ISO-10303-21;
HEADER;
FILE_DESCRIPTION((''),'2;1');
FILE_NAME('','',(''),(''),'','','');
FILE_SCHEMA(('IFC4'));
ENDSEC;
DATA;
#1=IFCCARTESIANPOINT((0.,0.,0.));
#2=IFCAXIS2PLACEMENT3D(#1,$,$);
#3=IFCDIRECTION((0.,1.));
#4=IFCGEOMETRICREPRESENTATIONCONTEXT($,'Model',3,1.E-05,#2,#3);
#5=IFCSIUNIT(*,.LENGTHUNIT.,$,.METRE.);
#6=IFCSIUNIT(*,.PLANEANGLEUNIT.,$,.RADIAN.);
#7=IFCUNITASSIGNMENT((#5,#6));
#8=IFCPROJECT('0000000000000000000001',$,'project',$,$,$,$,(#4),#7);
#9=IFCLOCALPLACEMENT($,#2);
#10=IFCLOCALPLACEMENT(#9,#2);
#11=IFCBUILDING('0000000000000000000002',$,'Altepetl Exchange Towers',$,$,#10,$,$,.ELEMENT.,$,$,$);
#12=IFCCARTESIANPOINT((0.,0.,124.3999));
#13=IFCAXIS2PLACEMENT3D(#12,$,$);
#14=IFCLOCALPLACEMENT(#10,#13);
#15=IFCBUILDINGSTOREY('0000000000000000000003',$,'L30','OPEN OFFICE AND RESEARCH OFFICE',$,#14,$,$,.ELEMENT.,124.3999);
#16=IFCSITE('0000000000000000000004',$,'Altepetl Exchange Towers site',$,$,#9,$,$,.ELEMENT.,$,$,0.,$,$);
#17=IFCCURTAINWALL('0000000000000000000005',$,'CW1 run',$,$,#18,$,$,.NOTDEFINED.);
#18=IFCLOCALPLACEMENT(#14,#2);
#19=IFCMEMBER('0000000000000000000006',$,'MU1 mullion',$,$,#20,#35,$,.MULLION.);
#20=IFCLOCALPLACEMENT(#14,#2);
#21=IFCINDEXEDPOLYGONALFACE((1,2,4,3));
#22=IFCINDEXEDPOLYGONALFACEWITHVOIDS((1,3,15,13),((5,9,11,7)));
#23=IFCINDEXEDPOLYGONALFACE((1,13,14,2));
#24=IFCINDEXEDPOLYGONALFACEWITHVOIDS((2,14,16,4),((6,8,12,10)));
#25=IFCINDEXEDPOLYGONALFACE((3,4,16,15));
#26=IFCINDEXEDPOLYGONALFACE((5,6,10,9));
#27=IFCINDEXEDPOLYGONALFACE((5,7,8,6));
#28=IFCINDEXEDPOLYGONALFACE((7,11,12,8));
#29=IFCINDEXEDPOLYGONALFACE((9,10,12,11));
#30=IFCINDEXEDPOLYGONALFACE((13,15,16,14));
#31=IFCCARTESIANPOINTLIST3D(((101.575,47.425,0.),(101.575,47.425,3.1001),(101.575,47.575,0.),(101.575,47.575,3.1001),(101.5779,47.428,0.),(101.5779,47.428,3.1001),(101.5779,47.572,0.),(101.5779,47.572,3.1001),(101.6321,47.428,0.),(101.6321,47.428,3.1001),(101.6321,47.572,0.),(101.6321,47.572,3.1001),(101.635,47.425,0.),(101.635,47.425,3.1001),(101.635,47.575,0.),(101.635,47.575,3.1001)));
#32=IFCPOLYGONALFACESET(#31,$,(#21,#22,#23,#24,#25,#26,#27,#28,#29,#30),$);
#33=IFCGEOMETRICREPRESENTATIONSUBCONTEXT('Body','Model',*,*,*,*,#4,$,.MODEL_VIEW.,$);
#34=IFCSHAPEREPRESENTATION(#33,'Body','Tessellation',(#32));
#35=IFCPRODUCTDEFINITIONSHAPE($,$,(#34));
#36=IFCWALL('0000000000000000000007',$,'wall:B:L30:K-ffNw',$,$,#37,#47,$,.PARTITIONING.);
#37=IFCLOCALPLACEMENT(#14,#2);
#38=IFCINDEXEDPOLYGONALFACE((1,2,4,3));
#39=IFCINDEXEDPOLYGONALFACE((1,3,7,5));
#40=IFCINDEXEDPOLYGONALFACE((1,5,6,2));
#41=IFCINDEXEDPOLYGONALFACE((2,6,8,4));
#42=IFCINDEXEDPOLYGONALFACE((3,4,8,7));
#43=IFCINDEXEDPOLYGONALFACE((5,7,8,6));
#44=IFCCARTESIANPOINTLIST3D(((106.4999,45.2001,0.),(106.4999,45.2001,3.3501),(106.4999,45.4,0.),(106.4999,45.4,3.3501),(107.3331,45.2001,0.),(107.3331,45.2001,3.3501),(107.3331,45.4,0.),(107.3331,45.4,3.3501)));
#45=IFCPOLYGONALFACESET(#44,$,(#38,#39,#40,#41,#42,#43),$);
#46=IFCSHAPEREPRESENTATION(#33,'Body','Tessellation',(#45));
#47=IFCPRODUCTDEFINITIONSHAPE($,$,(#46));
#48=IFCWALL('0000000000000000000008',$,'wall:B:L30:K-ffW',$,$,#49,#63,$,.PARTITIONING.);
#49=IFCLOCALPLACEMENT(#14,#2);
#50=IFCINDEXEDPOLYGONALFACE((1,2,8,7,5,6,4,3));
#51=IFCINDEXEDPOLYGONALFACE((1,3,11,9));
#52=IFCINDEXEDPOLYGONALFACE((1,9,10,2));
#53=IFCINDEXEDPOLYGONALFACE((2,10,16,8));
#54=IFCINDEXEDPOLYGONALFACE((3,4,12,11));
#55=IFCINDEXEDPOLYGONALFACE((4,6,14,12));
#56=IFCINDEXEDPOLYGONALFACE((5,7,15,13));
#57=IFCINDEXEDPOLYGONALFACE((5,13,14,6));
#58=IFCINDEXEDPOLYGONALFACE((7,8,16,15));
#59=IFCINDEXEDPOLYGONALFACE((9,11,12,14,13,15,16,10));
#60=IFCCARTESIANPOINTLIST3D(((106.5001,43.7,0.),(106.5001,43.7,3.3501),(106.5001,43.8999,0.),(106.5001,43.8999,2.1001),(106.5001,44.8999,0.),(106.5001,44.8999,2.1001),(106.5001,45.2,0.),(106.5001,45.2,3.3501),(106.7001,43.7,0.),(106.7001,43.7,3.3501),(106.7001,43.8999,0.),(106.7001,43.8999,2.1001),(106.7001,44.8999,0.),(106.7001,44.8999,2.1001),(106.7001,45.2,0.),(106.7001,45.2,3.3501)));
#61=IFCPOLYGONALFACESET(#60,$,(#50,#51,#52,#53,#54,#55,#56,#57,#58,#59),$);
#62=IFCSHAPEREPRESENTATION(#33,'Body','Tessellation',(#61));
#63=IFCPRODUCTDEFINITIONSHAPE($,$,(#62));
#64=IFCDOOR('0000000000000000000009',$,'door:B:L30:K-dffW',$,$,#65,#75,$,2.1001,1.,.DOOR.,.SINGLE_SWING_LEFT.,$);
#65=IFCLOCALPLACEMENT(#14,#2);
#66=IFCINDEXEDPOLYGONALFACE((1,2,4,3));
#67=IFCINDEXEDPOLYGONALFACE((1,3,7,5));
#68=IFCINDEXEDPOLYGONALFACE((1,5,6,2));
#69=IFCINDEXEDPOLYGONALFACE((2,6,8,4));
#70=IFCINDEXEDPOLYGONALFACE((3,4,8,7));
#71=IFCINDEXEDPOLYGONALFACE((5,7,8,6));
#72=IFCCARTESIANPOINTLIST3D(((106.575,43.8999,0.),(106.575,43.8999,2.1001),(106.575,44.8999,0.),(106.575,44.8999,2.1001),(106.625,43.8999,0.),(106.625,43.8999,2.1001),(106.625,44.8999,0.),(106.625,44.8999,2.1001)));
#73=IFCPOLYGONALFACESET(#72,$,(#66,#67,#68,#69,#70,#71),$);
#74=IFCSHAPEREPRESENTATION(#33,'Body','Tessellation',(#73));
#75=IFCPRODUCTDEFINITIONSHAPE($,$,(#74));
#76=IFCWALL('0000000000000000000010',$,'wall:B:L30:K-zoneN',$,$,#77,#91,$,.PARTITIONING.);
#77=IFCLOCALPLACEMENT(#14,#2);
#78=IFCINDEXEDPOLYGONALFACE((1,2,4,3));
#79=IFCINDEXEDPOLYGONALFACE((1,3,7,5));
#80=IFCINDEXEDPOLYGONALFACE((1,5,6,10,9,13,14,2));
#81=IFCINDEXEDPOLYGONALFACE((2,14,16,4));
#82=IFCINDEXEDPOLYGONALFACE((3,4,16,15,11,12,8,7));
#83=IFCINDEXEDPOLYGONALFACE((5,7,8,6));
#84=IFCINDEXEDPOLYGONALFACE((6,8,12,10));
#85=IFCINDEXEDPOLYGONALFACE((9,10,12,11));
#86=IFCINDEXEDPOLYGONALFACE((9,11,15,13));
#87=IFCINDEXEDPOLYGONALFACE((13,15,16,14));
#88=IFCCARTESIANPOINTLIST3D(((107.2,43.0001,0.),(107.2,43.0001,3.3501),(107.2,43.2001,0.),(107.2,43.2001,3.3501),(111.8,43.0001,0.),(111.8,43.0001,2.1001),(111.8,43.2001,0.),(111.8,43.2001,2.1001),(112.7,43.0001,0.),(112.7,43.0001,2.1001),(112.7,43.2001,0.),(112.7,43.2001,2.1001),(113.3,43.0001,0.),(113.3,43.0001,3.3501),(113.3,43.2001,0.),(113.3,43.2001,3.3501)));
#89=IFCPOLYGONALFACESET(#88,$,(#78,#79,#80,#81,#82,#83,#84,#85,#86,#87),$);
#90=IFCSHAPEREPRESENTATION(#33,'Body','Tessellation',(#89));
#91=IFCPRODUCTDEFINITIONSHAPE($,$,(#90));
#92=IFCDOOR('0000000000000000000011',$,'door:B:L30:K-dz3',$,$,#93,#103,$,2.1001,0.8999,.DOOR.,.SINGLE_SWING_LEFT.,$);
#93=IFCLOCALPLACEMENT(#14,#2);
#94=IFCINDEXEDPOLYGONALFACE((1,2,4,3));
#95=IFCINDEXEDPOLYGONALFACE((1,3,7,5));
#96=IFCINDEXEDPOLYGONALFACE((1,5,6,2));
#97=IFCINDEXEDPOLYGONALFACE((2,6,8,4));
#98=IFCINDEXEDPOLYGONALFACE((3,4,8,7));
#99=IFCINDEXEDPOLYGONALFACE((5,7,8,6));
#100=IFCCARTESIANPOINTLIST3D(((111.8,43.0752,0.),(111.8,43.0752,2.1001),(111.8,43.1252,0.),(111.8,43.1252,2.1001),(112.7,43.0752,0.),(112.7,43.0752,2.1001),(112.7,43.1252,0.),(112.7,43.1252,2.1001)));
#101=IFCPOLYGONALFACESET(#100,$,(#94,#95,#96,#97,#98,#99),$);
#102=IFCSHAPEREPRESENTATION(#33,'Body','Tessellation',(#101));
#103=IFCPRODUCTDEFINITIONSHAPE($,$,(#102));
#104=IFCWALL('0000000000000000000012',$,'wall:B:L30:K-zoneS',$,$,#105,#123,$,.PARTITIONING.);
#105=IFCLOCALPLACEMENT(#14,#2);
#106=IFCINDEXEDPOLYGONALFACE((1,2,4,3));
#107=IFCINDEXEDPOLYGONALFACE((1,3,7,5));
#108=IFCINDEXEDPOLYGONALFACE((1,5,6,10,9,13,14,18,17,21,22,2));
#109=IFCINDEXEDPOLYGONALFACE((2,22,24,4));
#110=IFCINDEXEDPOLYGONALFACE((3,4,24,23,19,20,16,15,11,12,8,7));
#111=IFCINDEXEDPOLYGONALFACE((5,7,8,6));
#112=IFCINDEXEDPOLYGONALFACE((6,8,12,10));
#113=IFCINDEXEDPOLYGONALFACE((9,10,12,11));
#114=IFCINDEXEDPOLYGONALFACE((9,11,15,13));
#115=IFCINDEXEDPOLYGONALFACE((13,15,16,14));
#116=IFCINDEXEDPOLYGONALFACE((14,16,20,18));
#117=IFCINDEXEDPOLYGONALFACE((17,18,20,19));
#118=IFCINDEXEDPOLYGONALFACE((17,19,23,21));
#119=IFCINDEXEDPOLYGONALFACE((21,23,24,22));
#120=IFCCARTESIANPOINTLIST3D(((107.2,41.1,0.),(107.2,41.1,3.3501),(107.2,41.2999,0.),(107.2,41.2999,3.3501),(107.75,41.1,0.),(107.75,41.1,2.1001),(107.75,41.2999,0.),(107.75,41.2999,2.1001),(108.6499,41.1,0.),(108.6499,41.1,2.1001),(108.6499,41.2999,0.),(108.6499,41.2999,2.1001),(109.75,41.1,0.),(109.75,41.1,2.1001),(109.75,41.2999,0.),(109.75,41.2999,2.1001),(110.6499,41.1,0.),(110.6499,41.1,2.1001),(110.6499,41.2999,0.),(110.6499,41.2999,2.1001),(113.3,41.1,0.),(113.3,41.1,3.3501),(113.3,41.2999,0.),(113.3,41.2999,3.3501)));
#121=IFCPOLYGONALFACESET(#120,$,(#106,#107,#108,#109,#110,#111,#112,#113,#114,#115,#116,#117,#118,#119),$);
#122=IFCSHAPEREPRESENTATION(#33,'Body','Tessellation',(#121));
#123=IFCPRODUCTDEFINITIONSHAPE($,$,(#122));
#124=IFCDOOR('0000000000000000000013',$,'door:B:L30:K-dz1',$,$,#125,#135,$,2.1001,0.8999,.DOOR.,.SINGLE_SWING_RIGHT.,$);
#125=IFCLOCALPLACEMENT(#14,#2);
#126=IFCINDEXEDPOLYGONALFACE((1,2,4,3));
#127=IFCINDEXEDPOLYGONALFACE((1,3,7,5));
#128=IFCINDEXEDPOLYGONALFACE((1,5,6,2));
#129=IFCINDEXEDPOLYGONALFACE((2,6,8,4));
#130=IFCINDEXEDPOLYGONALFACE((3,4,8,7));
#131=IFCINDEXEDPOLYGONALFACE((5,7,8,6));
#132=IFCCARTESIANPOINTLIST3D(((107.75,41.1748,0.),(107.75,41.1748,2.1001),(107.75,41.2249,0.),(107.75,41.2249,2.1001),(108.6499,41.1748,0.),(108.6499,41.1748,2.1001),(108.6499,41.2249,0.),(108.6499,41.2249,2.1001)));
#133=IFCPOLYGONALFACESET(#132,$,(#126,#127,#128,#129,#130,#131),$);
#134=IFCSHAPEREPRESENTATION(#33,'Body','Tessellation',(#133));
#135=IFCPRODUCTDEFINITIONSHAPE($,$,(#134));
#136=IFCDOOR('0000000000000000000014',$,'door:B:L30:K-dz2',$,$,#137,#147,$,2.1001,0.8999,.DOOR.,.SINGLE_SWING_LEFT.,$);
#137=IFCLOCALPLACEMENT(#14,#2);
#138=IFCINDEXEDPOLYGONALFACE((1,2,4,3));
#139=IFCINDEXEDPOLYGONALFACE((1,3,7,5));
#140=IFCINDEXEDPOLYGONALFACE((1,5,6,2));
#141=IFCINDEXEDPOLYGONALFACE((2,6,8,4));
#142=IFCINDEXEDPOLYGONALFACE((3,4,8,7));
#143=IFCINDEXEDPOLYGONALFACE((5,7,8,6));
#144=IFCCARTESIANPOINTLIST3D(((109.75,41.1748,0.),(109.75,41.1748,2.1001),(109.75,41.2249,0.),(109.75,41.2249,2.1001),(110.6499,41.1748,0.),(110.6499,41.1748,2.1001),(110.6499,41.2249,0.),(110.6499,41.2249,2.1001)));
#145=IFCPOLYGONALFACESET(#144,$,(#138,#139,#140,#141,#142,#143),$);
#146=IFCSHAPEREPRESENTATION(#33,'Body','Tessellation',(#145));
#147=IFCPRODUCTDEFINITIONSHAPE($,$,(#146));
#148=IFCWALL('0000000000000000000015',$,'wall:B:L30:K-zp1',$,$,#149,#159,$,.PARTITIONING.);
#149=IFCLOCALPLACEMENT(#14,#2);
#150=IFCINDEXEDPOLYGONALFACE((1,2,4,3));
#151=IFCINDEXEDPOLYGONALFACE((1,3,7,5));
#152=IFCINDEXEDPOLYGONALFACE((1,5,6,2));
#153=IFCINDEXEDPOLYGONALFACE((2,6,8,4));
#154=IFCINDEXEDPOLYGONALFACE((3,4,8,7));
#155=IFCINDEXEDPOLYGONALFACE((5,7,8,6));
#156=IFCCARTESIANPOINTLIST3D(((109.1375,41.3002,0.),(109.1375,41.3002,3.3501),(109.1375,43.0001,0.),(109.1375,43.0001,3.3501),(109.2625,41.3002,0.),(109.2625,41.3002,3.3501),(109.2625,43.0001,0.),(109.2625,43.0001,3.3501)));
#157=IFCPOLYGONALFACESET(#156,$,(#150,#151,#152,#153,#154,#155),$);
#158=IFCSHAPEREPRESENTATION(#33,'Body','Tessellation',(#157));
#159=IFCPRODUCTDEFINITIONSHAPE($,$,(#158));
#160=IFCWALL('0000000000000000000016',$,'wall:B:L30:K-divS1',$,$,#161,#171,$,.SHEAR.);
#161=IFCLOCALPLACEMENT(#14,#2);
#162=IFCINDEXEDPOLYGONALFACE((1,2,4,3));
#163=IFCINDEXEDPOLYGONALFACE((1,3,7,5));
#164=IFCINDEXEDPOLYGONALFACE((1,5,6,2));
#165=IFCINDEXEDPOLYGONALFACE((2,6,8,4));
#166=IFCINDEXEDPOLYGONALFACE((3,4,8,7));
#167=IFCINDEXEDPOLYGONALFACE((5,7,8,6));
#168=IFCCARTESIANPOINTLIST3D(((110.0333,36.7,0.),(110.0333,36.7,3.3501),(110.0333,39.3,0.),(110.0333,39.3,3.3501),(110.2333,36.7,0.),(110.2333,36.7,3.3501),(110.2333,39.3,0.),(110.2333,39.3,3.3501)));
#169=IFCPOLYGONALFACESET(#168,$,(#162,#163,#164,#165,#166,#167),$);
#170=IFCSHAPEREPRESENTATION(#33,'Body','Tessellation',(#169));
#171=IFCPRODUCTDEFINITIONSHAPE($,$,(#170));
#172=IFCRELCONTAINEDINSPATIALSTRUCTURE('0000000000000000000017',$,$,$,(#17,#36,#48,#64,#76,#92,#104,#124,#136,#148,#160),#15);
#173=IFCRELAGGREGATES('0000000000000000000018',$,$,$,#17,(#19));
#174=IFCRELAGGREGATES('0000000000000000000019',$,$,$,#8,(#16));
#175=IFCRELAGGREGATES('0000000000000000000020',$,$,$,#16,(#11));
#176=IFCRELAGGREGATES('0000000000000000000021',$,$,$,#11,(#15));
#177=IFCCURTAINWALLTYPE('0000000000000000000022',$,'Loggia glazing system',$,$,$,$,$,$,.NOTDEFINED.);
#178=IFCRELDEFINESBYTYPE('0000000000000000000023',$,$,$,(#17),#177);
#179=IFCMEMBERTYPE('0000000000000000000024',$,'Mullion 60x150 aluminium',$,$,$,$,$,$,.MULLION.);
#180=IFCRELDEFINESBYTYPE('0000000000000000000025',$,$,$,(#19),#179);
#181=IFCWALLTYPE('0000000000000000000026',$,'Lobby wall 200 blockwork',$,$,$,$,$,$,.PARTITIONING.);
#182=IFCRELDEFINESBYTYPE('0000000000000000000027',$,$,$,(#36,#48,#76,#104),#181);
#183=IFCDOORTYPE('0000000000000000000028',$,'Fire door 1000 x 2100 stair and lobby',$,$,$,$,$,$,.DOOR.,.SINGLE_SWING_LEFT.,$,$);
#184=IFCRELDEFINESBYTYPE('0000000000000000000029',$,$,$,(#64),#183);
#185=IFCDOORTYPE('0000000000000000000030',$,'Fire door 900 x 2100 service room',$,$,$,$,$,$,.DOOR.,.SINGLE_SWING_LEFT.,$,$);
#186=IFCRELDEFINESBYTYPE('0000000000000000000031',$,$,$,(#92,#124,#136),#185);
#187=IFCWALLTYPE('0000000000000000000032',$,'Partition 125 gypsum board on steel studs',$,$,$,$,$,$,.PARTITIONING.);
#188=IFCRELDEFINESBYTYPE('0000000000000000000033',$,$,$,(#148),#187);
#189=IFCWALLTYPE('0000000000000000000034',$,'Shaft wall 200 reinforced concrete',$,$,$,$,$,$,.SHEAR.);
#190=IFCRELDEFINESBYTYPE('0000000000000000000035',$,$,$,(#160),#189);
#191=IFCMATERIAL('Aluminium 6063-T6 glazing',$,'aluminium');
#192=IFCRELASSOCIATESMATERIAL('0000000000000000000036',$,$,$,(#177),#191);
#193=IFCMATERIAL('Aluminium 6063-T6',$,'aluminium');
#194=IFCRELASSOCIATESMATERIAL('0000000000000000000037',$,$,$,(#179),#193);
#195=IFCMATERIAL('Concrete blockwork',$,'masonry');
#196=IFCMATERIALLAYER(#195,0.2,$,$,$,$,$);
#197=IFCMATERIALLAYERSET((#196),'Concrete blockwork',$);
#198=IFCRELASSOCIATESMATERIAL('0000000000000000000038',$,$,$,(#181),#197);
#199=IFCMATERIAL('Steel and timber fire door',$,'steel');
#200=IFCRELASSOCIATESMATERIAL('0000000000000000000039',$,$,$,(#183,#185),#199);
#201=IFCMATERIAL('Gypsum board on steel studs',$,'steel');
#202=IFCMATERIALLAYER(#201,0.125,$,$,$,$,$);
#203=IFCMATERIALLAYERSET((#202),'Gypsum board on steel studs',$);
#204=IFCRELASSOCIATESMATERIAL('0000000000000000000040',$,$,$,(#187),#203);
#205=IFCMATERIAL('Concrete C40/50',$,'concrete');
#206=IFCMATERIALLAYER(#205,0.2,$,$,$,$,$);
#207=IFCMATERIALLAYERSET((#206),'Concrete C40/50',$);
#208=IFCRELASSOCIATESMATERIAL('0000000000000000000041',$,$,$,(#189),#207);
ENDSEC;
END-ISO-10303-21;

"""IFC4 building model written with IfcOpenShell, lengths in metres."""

from ifc_helpers import new_model, si_unit, direction, frame, frame_2d, origin, origin_2d, place, context, subcontext, project, spatial, rectangle, hollow_rectangle, extrude, material, layer, layer_set, material_profile, profile_set, type_object, element, fill, aggregate, save


model = new_model("IFC4")

# Units and contexts
model_context = context("Model", 3, precision=1e-05, world=origin(), true_north=direction((0.0, 1.0)))
body_context = subcontext(model_context, "Body", "Model", "MODEL_VIEW")
ifc_project = project(units=[si_unit("LENGTHUNIT", "METRE"), si_unit("PLANEANGLEUNIT", "RADIAN")], contexts=[model_context])

# Site, building, storey
site_placement = place(None, origin())
site = spatial("IfcSite", under=ifc_project, at=site_placement, Name="Altepetl Exchange Towers site", CompositionType="ELEMENT", RefElevation=0.0)
building_placement = place(site_placement, origin())
building = spatial("IfcBuilding", under=site, at=building_placement, Name="Altepetl Exchange Towers", CompositionType="ELEMENT")
storey_placement = place(building_placement, frame((0.0, 0.0, 124.3999)))
storey = spatial("IfcBuildingStorey", under=building, at=storey_placement, Name="L30", Description="OPEN OFFICE AND RESEARCH OFFICE", CompositionType="ELEMENT", Elevation=124.3999)

# Curtain wall, member
ifc_material_1 = material(Name="Aluminium 6063-T6 glazing", Category="aluminium")
curtain_wall_type = type_object("IfcCurtainWallType", Name="Loggia glazing system", PredefinedType="NOTDEFINED", material=ifc_material_1)
curtain_wall_placement = place(storey_placement, origin())
curtain_wall = element("IfcCurtainWall", 1, at=curtain_wall_placement, inside=storey, type_object=curtain_wall_type, Name="CW1 run", PredefinedType="NOTDEFINED")
ifc_material_2 = material(Name="Aluminium 6063-T6", Category="aluminium")
ifc_material_profile = material_profile(ifc_material_2, hollow_rectangle(XDim=0.0601, YDim=0.1499, WallThickness=0.0029, at=origin_2d()), Name="Mullion 60x150 aluminium")
ifc_profile_set = profile_set([ifc_material_profile], Name="Aluminium 6063-T6")
member_type = type_object("IfcMemberType", Name="Mullion 60x150 aluminium", PredefinedType="MULLION", material=ifc_profile_set)
member_placement = place(storey_placement, frame((101.605, 47.5, 0.0), z_axis=(0.0, 0.0, 1.0), x_axis=(-1.0, 0.0, 0.0)))
member = element("IfcMember", 2, at=member_placement, type_object=member_type, Name="MU1 mullion", PredefinedType="MULLION", context=body_context, shape_type="SweptSolid", body=[
    extrude(hollow_rectangle(XDim=0.0601, YDim=0.1499, WallThickness=0.0029, at=origin_2d()), origin(), (0.0, 0.0, 1.0), 3.1001),
])
aggregate(curtain_wall, [member])

# Wall
ifc_material_3 = material(Name="Concrete blockwork", Category="masonry")
ifc_layer_1 = layer(ifc_material_3, 0.2)
ifc_layer_set_1 = layer_set([ifc_layer_1], Name="Concrete blockwork")
wall_type_1 = type_object("IfcWallType", Name="Lobby wall 200 blockwork", PredefinedType="PARTITIONING", material=ifc_layer_set_1)
wall_1_placement = place(storey_placement, frame((106.5, 45.3, 0.0)))
element("IfcWall", 3, at=wall_1_placement, inside=storey, type_object=wall_type_1, Name="wall:B:L30:K-ffNw", PredefinedType="PARTITIONING", context=body_context, shape_type="SweptSolid", body=[
    extrude(rectangle(XDim=0.8333, YDim=0.2, at=frame_2d((0.4165, 0.0))), origin(), (0.0, 0.0, 1.0), 3.3501),
])

# Walls, openings, doors
wall_2_placement = place(storey_placement, frame((106.6001, 43.7, 0.0), z_axis=(0.0, 0.0, 1.0), x_axis=(0.0, 1.0, 0.0)))
wall_2 = element("IfcWall", 4, at=wall_2_placement, inside=storey, type_object=wall_type_1, Name="wall:B:L30:K-ffW", PredefinedType="PARTITIONING", context=body_context, shape_type="SweptSolid", body=[
    extrude(rectangle(XDim=1.5, YDim=0.2, at=frame_2d((0.75, 0.0))), origin(), (0.0, 0.0, 1.0), 3.3501),
])
opening_1_placement = place(wall_2_placement, frame((0.2, 0.0, 0.0)))
opening_1 = element("IfcOpeningElement", 5, at=opening_1_placement, cuts=wall_2, PredefinedType="OPENING", context=body_context, shape_type="SweptSolid", body=[
    extrude(rectangle(XDim=1.0, YDim=2.1001, at=frame_2d((0.5, 1.05))), frame((0.0, 0.1099, 0.0), z_axis=(0.0, -1.0, 0.0), x_axis=(1.0, 0.0, 0.0)), (0.0, 0.0, 1.0), 0.22),
])
ifc_material_4 = material(Name="Steel and timber fire door", Category="steel")
door_type_1 = type_object("IfcDoorType", Name="Fire door 1000 x 2100 stair and lobby", OperationType="SINGLE_SWING_LEFT", PredefinedType="DOOR", material=ifc_material_4)
door_1_placement = place(opening_1_placement, frame((1.0, 0.0, 0.0), x_axis=(-1.0, 0.0, 0.0)))
door_1 = element("IfcDoor", 6, at=door_1_placement, inside=storey, type_object=door_type_1, Name="door:B:L30:K-dffW", OperationType="SINGLE_SWING_LEFT", OverallHeight=2.1001, OverallWidth=1.0, PredefinedType="DOOR", context=body_context, shape_type="SweptSolid", body=[
    extrude(rectangle(XDim=1.0, YDim=2.1001, at=frame_2d((0.5, 1.05))), frame((0.0, 0.0249, 0.0), z_axis=(0.0, -1.0, 0.0), x_axis=(1.0, 0.0, 0.0)), (0.0, 0.0, 1.0), 0.05),
])
fill(opening_1, door_1)
wall_3_placement = place(storey_placement, frame((107.2, 43.1001, 0.0)))
wall_3 = element("IfcWall", 7, at=wall_3_placement, inside=storey, type_object=wall_type_1, Name="wall:B:L30:K-zoneN", PredefinedType="PARTITIONING", context=body_context, shape_type="SweptSolid", body=[
    extrude(rectangle(XDim=6.1001, YDim=0.2, at=frame_2d((3.05, 0.0))), origin(), (0.0, 0.0, 1.0), 3.3501),
])
opening_2_placement = place(wall_3_placement, frame((4.6001, 0.0, 0.0)))
opening_2 = element("IfcOpeningElement", 8, at=opening_2_placement, cuts=wall_3, PredefinedType="OPENING", context=body_context, shape_type="SweptSolid", body=[
    extrude(rectangle(XDim=0.8999, YDim=2.1001, at=frame_2d((0.45, 1.05))), frame((0.0, 0.1099, 0.0), z_axis=(0.0, -1.0, 0.0), x_axis=(1.0, 0.0, 0.0)), (0.0, 0.0, 1.0), 0.22),
])
door_type_2 = type_object("IfcDoorType", Name="Fire door 900 x 2100 service room", OperationType="SINGLE_SWING_LEFT", PredefinedType="DOOR", material=ifc_material_4)
door_2_placement = place(opening_2_placement, frame((0.8999, 0.0, 0.0), x_axis=(-1.0, 0.0, 0.0)))
door_2 = element("IfcDoor", 9, at=door_2_placement, inside=storey, type_object=door_type_2, Name="door:B:L30:K-dz3", OperationType="SINGLE_SWING_LEFT", OverallHeight=2.1001, OverallWidth=0.8999, PredefinedType="DOOR", context=body_context, shape_type="SweptSolid", body=[
    extrude(rectangle(XDim=0.8999, YDim=2.1001, at=frame_2d((0.45, 1.05))), frame((0.0, 0.0249, 0.0), z_axis=(0.0, -1.0, 0.0), x_axis=(1.0, 0.0, 0.0)), (0.0, 0.0, 1.0), 0.05),
])
fill(opening_2, door_2)

# Wall, openings, doors
wall_4_placement = place(storey_placement, frame((107.2, 41.2, 0.0)))
wall_4 = element("IfcWall", 10, at=wall_4_placement, inside=storey, type_object=wall_type_1, Name="wall:B:L30:K-zoneS", PredefinedType="PARTITIONING", context=body_context, shape_type="SweptSolid", body=[
    extrude(rectangle(XDim=6.1001, YDim=0.2, at=frame_2d((3.05, 0.0))), origin(), (0.0, 0.0, 1.0), 3.3501),
])
opening_3_placement = place(wall_4_placement, frame((0.55, 0.0, 0.0)))
opening_3 = element("IfcOpeningElement", 11, at=opening_3_placement, cuts=wall_4, PredefinedType="OPENING", context=body_context, shape_type="SweptSolid", body=[
    extrude(rectangle(XDim=0.8999, YDim=2.1001, at=frame_2d((0.45, 1.05))), frame((0.0, 0.1099, 0.0), z_axis=(0.0, -1.0, 0.0), x_axis=(1.0, 0.0, 0.0)), (0.0, 0.0, 1.0), 0.22),
])
opening_4_placement = place(wall_4_placement, frame((2.55, 0.0, 0.0)))
opening_4 = element("IfcOpeningElement", 12, at=opening_4_placement, cuts=wall_4, PredefinedType="OPENING", context=body_context, shape_type="SweptSolid", body=[
    extrude(rectangle(XDim=0.8999, YDim=2.1001, at=frame_2d((0.45, 1.05))), frame((0.0, 0.1099, 0.0), z_axis=(0.0, -1.0, 0.0), x_axis=(1.0, 0.0, 0.0)), (0.0, 0.0, 1.0), 0.22),
])
door_3_placement = place(opening_3_placement, origin())
door_3 = element("IfcDoor", 13, at=door_3_placement, inside=storey, type_object=door_type_2, Name="door:B:L30:K-dz1", OperationType="SINGLE_SWING_RIGHT", OverallHeight=2.1001, OverallWidth=0.8999, PredefinedType="DOOR", context=body_context, shape_type="SweptSolid", body=[
    extrude(rectangle(XDim=0.8999, YDim=2.1001, at=frame_2d((0.45, 1.05))), frame((0.0, 0.0249, 0.0), z_axis=(0.0, -1.0, 0.0), x_axis=(1.0, 0.0, 0.0)), (0.0, 0.0, 1.0), 0.05),
])
fill(opening_3, door_3)
door_4_placement = place(opening_4_placement, origin())
door_4 = element("IfcDoor", 14, at=door_4_placement, inside=storey, type_object=door_type_2, Name="door:B:L30:K-dz2", OperationType="SINGLE_SWING_LEFT", OverallHeight=2.1001, OverallWidth=0.8999, PredefinedType="DOOR", context=body_context, shape_type="SweptSolid", body=[
    extrude(rectangle(XDim=0.8999, YDim=2.1001, at=frame_2d((0.45, 1.05))), frame((0.0, 0.0249, 0.0), z_axis=(0.0, -1.0, 0.0), x_axis=(1.0, 0.0, 0.0)), (0.0, 0.0, 1.0), 0.05),
])
fill(opening_4, door_4)

# Walls
ifc_material_5 = material(Name="Gypsum board on steel studs", Category="steel")
ifc_layer_2 = layer(ifc_material_5, 0.125)
ifc_layer_set_2 = layer_set([ifc_layer_2], Name="Gypsum board on steel studs")
wall_type_2 = type_object("IfcWallType", Name="Partition 125 gypsum board on steel studs", PredefinedType="PARTITIONING", material=ifc_layer_set_2)
wall_5_placement = place(storey_placement, frame((109.2, 41.3, 0.0), z_axis=(0.0, 0.0, 1.0), x_axis=(0.0, 1.0, 0.0)))
element("IfcWall", 15, at=wall_5_placement, inside=storey, type_object=wall_type_2, Name="wall:B:L30:K-zp1", PredefinedType="PARTITIONING", context=body_context, shape_type="SweptSolid", body=[
    extrude(rectangle(XDim=1.7, YDim=0.125, at=frame_2d((0.8501, 0.0))), origin(), (0.0, 0.0, 1.0), 3.3501),
])
ifc_material_6 = material(Name="Concrete C40/50", Category="concrete")
ifc_layer_3 = layer(ifc_material_6, 0.2)
ifc_layer_set_3 = layer_set([ifc_layer_3], Name="Concrete C40/50")
wall_type_3 = type_object("IfcWallType", Name="Shaft wall 200 reinforced concrete", PredefinedType="SHEAR", material=ifc_layer_set_3)
wall_6_placement = place(storey_placement, frame((110.1333, 36.7, 0.0), z_axis=(0.0, 0.0, 1.0), x_axis=(0.0, 1.0, 0.0)))
element("IfcWall", 16, at=wall_6_placement, inside=storey, type_object=wall_type_3, Name="wall:B:L30:K-divS1", PredefinedType="SHEAR", context=body_context, shape_type="SweptSolid", body=[
    extrude(rectangle(XDim=2.6001, YDim=0.2, at=frame_2d((1.3, 0.0))), origin(), (0.0, 0.0, 1.0), 3.3501),
])

save(model, "model.ifc")
